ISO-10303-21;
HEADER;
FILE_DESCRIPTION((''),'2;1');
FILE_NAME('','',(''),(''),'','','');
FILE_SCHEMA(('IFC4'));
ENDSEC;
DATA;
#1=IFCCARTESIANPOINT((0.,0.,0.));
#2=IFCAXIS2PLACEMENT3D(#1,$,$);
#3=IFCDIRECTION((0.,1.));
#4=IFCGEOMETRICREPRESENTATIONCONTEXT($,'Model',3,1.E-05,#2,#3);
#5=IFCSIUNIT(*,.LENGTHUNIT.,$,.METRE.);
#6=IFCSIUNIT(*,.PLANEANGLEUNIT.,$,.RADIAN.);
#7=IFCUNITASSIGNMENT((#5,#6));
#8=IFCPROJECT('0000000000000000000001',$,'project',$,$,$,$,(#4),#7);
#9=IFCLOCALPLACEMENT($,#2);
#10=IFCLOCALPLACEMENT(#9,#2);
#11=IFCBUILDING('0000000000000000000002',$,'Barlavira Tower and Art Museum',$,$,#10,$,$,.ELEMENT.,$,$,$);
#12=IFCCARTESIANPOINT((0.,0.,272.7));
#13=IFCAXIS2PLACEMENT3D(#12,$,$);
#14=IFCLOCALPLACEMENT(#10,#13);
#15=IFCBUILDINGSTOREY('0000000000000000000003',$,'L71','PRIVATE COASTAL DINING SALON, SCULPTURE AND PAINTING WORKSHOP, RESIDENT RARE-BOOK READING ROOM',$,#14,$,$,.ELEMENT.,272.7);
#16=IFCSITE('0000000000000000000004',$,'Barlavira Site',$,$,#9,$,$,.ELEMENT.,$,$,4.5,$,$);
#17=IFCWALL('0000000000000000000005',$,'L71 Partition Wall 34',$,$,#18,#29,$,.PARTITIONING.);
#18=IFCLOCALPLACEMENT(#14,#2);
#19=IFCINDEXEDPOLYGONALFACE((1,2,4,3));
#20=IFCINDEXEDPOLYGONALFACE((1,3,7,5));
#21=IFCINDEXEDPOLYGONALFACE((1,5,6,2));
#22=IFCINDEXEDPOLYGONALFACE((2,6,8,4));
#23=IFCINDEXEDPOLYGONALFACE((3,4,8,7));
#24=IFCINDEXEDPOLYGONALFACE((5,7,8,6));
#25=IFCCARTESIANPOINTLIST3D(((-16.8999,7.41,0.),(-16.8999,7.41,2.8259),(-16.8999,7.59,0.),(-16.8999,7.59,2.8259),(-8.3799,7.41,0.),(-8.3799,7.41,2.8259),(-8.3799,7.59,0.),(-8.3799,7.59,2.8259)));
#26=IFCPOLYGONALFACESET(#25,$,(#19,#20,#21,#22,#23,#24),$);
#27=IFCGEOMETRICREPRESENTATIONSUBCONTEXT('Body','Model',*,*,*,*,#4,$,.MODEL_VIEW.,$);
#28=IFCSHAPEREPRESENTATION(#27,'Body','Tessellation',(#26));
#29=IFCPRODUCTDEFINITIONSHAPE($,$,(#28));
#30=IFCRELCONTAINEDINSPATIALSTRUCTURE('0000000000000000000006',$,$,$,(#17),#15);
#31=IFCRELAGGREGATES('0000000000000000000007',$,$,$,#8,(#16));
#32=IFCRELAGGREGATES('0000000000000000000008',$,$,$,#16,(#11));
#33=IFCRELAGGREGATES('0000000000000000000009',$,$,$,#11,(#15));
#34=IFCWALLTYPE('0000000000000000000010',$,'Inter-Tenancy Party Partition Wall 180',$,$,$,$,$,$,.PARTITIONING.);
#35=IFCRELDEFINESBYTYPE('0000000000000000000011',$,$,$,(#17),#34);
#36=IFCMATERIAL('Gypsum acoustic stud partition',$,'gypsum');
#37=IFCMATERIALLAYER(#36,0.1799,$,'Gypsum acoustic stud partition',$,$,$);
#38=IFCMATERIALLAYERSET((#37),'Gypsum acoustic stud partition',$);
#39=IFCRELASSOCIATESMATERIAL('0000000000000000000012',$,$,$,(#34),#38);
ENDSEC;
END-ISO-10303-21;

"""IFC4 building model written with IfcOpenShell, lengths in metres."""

from ifc_helpers import new_model, si_unit, direction, frame, frame_2d, origin, place, context, subcontext, project, spatial, rectangle, extrude, material, layer, layer_set, type_object, element, save


model = new_model("IFC4")

# Units and contexts
model_context = context("Model", 3, precision=1e-05, world=origin(), true_north=direction((0.0, 1.0)))
body_context = subcontext(model_context, "Body", "Model", "MODEL_VIEW")
ifc_project = project(units=[si_unit("LENGTHUNIT", "METRE"), si_unit("PLANEANGLEUNIT", "RADIAN")], contexts=[model_context])

# Site, building, storey
site_placement = place(None, origin())
site = spatial("IfcSite", under=ifc_project, at=site_placement, Name="Barlavira Site", CompositionType="ELEMENT", RefElevation=4.5)
building_placement = place(site_placement, origin())
building = spatial("IfcBuilding", under=site, at=building_placement, Name="Barlavira Tower and Art Museum", CompositionType="ELEMENT")
storey_placement = place(building_placement, frame((0.0, 0.0, 272.7)))
storey = spatial("IfcBuildingStorey", under=building, at=storey_placement, Name="L71", Description="PRIVATE COASTAL DINING SALON, SCULPTURE AND PAINTING WORKSHOP, RESIDENT RARE-BOOK READING ROOM", CompositionType="ELEMENT", Elevation=272.7)

# Wall
ifc_material_1 = material(Name="Gypsum acoustic stud partition", Category="gypsum")
ifc_layer_1 = layer(ifc_material_1, 0.1799, Name="Gypsum acoustic stud partition")
ifc_layer_set_1 = layer_set([ifc_layer_1], Name="Gypsum acoustic stud partition")
wall_type = type_object("IfcWallType", Name="Inter-Tenancy Party Partition Wall 180", PredefinedType="PARTITIONING", material=ifc_layer_set_1)
wall_1_placement = place(storey_placement, frame((-16.8999, 7.5, 0.0), z_axis=(0.0, 0.0, 1.0), x_axis=(1.0, 0.0, 0.0)))
element("IfcWall", 1, at=wall_1_placement, inside=storey, type_object=wall_type, Name="L71 Partition Wall 34", PredefinedType="PARTITIONING", context=body_context, shape_type="SweptSolid", body=[
    extrude(rectangle(XDim=8.52, YDim=0.1799, at=frame_2d((4.26, 0.0))), origin(), (0.0, 0.0, 1.0), 2.8259),
])

save(model, "model.ifc")
